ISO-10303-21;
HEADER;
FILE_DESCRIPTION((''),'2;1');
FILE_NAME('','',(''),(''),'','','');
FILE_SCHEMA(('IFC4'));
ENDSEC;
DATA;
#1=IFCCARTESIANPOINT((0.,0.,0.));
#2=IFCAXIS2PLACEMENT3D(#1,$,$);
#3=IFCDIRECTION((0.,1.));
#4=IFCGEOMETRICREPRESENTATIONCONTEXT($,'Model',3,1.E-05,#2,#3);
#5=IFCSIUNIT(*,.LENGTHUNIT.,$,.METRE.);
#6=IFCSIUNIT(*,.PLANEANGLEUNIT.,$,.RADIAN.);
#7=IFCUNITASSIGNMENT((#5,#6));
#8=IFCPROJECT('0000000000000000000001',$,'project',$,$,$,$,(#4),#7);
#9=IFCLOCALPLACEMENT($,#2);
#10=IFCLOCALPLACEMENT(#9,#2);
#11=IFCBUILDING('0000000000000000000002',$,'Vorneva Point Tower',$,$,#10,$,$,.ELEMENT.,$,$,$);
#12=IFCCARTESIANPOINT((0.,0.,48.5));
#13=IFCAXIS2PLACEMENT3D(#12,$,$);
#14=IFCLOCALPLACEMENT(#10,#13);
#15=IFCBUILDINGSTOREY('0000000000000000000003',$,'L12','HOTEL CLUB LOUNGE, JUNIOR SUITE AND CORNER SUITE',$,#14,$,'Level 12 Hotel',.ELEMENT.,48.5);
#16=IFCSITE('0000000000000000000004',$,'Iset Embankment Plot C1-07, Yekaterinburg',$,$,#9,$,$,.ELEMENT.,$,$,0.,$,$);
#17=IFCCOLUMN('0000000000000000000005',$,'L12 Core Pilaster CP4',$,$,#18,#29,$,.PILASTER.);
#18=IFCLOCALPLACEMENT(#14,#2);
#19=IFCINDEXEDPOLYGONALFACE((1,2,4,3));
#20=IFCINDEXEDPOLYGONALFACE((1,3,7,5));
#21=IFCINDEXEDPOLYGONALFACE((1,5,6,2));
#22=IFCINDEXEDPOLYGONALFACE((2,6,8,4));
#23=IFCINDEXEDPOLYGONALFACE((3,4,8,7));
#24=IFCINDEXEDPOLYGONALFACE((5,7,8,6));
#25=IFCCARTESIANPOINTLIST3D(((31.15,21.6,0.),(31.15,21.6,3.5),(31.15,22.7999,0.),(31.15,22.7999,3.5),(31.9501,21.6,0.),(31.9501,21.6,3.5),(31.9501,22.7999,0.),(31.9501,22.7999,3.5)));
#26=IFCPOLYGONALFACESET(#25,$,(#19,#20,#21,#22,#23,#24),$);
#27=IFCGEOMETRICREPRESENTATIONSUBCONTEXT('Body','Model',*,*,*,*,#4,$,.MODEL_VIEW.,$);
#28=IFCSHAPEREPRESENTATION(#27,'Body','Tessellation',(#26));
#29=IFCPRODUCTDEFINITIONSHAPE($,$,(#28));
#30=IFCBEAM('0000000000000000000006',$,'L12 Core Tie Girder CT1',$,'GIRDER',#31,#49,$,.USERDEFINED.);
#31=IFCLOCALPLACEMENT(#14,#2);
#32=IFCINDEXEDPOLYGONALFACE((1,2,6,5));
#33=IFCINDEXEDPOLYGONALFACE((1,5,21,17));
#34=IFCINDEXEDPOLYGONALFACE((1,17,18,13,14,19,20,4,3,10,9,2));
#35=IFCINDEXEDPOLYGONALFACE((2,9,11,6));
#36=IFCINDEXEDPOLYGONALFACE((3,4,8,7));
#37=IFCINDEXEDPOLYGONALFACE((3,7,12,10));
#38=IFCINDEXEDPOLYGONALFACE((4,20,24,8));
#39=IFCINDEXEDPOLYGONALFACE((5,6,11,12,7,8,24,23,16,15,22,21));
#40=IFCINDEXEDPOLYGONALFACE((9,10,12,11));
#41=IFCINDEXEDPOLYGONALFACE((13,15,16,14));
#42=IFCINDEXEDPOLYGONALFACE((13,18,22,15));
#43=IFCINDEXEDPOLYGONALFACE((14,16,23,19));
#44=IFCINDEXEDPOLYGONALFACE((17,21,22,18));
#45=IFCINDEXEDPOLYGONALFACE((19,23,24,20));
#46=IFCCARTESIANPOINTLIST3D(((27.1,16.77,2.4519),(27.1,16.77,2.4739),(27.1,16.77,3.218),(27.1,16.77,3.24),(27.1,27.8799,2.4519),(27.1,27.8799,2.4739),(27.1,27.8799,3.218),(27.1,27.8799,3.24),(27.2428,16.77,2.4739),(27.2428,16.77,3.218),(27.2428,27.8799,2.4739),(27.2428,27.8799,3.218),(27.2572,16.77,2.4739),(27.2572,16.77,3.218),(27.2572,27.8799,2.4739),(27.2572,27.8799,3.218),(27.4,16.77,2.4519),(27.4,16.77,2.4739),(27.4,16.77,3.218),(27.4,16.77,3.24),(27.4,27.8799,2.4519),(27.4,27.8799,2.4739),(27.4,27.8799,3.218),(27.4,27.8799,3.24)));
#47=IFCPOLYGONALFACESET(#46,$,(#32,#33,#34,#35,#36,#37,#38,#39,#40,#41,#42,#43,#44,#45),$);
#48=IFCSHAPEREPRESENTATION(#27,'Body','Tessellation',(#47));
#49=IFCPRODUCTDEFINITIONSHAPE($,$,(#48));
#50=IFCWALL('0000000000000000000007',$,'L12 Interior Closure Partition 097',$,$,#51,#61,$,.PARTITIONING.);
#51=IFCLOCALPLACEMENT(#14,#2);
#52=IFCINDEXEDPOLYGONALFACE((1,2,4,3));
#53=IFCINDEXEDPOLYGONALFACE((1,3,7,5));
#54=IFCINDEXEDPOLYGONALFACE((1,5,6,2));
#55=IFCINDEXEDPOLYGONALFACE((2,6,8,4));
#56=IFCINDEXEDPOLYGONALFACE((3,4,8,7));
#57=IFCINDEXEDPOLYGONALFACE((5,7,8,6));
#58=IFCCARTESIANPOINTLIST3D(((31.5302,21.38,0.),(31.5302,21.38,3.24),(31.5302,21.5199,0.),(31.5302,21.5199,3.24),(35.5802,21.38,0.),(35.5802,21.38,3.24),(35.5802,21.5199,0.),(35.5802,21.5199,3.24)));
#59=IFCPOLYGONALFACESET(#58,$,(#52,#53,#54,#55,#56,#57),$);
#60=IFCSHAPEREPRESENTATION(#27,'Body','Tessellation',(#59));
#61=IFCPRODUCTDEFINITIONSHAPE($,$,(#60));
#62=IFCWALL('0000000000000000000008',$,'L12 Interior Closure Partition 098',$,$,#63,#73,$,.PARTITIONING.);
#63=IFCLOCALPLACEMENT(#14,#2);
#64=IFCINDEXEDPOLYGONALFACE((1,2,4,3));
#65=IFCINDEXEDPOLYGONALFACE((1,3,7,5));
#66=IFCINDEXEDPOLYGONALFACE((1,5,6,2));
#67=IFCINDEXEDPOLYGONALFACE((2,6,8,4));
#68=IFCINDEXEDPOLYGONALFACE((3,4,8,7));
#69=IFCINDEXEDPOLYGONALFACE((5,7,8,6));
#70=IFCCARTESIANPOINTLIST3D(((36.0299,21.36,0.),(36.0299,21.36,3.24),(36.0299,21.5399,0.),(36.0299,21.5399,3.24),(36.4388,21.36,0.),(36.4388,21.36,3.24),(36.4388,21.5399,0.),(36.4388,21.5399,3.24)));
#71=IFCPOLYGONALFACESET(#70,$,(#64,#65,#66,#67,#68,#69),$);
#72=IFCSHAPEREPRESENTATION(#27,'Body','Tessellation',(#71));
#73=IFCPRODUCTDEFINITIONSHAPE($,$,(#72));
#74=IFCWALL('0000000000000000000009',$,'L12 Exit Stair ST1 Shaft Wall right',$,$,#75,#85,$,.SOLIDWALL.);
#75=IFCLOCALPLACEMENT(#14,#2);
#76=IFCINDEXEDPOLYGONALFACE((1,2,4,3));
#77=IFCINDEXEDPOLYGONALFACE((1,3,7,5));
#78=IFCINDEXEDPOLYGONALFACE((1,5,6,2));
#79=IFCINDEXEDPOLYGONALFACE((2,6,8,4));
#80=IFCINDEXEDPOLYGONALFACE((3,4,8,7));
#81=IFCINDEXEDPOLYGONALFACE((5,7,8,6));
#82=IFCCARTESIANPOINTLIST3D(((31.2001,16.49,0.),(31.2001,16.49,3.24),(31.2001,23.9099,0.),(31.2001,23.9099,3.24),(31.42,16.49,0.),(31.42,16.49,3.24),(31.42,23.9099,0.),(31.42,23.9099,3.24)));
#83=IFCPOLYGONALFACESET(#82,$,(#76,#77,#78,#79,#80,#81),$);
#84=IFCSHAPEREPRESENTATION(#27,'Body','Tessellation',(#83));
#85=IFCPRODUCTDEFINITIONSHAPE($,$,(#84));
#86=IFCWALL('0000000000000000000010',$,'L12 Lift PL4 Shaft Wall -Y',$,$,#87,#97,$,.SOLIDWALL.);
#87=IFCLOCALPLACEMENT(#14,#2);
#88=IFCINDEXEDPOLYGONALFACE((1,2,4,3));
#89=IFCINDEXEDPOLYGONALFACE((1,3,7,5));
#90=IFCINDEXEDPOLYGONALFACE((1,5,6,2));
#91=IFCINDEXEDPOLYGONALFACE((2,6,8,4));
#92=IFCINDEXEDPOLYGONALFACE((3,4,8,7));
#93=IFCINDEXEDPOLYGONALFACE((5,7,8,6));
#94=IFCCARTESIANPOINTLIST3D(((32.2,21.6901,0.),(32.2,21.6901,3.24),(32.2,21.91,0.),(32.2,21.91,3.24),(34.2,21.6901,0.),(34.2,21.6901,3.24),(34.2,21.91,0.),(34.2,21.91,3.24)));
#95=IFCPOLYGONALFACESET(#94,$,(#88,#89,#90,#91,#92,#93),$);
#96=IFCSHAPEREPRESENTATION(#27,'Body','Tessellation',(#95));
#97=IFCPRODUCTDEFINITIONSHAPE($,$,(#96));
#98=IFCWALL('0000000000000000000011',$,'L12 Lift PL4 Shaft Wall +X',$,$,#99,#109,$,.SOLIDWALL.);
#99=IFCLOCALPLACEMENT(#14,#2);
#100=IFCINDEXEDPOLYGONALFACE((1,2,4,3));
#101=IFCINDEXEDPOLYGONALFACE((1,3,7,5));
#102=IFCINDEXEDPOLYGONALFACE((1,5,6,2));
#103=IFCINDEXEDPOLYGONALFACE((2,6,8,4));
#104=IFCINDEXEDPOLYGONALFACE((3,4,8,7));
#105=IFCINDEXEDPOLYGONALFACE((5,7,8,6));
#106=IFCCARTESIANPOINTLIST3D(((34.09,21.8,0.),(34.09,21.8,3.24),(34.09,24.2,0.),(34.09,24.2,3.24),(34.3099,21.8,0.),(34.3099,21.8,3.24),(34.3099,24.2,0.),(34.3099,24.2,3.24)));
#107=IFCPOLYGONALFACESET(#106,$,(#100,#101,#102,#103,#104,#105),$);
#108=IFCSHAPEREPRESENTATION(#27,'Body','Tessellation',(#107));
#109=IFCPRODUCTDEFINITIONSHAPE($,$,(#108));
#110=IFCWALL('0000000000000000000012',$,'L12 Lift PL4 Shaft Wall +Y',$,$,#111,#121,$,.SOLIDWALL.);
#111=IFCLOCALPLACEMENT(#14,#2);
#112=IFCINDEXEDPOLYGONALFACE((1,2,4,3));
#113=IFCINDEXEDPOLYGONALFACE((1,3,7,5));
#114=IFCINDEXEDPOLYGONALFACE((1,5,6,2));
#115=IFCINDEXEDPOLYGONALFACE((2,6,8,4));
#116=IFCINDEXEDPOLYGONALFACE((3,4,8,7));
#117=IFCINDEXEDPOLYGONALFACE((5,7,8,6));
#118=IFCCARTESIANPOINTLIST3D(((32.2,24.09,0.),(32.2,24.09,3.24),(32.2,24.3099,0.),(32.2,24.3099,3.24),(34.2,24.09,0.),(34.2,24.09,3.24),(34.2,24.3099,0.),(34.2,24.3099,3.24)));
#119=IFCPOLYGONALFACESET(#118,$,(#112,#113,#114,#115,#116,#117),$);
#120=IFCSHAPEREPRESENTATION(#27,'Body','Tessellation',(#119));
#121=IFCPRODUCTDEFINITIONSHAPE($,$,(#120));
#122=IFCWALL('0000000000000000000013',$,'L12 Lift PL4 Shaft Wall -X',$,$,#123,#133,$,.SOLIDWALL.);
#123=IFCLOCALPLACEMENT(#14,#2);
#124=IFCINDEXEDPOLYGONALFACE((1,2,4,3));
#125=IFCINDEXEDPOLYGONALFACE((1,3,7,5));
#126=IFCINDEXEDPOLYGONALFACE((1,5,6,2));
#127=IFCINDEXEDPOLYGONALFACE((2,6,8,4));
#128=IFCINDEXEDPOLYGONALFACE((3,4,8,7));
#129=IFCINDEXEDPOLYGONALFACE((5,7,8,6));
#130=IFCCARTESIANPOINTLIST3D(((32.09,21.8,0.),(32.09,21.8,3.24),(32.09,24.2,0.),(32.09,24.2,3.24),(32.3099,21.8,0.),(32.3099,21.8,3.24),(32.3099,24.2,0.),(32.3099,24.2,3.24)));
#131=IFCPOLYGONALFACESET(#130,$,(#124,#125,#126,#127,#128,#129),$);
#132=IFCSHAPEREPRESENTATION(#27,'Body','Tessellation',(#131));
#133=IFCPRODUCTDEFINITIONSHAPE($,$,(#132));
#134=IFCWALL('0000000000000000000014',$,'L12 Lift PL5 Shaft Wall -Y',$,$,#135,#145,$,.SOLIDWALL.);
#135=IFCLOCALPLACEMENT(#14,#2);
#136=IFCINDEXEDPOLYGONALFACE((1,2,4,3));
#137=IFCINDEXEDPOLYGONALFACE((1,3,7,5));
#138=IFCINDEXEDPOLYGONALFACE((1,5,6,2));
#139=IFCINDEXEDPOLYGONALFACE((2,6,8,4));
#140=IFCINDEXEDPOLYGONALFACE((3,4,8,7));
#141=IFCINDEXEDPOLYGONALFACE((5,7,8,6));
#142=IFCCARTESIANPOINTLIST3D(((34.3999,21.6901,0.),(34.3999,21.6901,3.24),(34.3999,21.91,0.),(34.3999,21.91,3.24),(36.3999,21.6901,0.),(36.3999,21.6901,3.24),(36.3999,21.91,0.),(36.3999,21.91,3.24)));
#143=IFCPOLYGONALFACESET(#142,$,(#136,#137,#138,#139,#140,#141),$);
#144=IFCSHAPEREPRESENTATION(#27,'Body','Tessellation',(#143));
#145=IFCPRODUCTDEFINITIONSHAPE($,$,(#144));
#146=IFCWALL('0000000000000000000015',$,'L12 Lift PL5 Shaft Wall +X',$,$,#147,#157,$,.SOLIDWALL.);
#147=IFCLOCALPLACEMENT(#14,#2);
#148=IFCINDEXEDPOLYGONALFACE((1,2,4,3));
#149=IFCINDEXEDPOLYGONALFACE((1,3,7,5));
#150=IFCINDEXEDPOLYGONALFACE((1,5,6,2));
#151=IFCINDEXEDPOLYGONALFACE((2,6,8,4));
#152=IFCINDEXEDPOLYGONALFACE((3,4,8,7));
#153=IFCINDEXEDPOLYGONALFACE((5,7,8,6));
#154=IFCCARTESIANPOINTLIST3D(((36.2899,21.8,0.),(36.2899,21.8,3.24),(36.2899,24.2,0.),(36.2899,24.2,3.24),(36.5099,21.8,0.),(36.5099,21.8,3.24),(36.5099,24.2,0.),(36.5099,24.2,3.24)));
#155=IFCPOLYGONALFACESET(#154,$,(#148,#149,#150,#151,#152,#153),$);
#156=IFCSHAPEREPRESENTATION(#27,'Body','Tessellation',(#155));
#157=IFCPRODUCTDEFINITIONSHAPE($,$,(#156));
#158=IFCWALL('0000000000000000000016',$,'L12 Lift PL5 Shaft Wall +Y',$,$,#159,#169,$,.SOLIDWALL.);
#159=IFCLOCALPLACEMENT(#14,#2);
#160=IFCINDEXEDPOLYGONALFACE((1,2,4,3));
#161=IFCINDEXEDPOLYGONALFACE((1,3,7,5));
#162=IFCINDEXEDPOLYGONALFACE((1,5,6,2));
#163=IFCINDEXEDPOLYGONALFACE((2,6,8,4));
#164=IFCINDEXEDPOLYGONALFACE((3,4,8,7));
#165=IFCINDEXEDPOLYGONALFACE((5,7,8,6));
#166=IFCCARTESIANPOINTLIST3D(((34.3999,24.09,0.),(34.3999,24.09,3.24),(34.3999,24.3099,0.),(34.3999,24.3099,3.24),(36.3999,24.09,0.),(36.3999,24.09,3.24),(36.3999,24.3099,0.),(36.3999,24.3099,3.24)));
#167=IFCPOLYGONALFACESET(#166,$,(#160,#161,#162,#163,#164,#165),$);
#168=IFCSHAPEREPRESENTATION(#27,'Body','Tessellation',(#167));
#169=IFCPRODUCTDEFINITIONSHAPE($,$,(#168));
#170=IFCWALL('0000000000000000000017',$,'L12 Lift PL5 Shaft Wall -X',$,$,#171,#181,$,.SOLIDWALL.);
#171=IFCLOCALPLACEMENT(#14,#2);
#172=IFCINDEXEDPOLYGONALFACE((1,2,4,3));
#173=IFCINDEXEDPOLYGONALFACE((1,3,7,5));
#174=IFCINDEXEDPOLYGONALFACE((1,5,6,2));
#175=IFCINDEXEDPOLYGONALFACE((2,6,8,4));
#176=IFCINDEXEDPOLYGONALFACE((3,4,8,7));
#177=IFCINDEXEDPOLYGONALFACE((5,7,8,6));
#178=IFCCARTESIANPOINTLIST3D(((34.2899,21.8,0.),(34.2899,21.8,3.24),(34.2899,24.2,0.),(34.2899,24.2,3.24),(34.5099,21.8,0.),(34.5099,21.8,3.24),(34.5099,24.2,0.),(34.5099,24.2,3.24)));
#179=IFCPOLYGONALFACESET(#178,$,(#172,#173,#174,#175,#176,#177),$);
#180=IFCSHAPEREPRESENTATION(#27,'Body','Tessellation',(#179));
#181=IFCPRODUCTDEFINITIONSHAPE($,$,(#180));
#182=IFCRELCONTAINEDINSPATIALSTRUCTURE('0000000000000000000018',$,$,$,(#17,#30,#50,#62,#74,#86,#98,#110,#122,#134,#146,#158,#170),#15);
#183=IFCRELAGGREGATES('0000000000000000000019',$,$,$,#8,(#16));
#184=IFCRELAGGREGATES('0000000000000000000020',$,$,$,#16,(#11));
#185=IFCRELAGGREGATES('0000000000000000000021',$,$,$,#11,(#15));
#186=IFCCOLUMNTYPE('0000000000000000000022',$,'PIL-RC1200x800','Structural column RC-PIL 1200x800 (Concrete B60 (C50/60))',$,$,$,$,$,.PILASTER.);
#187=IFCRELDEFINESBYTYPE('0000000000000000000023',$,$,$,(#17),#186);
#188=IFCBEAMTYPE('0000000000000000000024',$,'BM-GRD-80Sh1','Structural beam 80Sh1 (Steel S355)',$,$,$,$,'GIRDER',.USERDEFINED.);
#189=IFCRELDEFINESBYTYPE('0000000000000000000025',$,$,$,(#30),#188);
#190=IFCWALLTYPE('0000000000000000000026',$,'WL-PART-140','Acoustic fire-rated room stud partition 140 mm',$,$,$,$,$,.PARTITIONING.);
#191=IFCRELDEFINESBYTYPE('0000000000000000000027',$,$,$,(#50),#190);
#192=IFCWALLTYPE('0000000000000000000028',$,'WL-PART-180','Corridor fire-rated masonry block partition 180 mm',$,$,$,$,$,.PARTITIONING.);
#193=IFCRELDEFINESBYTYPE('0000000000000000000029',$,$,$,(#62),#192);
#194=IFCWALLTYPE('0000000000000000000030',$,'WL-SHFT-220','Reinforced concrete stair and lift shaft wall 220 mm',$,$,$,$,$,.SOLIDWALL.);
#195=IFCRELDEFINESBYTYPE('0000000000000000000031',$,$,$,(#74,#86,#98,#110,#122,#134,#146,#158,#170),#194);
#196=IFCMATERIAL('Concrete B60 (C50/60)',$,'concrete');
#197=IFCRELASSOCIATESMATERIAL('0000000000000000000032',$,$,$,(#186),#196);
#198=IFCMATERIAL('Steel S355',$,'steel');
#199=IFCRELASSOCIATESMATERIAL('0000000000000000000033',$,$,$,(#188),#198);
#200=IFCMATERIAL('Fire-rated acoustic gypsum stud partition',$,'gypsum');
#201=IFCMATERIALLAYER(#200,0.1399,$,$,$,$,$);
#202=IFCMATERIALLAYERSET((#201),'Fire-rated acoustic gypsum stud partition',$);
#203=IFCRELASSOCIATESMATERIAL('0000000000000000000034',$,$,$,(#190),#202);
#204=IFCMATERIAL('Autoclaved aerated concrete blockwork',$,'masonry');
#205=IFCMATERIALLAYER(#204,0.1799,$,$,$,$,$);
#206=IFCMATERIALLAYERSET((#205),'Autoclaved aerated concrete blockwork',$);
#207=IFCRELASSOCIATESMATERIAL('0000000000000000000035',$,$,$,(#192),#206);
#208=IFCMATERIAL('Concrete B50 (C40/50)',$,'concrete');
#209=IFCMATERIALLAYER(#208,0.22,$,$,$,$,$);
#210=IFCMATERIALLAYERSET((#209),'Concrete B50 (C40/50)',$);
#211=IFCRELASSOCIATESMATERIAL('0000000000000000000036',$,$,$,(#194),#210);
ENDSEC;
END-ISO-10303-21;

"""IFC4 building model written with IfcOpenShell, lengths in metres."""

from ifc_helpers import new_model, si_unit, direction, frame, frame_2d, origin, origin_2d, place, context, subcontext, project, spatial, rectangle, i_section, extrude, material, layer, layer_set, material_profile, profile_set, type_object, element, save


model = new_model("IFC4")

# Units and contexts
model_context = context("Model", 3, precision=1e-05, world=origin(), true_north=direction((0.0, 1.0)))
body_context = subcontext(model_context, "Body", "Model", "MODEL_VIEW")
ifc_project = project(units=[si_unit("LENGTHUNIT", "METRE"), si_unit("PLANEANGLEUNIT", "RADIAN")], contexts=[model_context])

# Site, building, storey
site_placement = place(None, origin())
site = spatial("IfcSite", under=ifc_project, at=site_placement, Name="Iset Embankment Plot C1-07, Yekaterinburg", CompositionType="ELEMENT", RefElevation=0.0)
building_placement = place(site_placement, origin())
building = spatial("IfcBuilding", under=site, at=building_placement, Name="Vorneva Point Tower", CompositionType="ELEMENT")
storey_placement = place(building_placement, frame((0.0, 0.0, 48.5)))
storey = spatial("IfcBuildingStorey", under=building, at=storey_placement, Name="L12", Description="HOTEL CLUB LOUNGE, JUNIOR SUITE AND CORNER SUITE", LongName="Level 12 Hotel", CompositionType="ELEMENT", Elevation=48.5)

# Column
ifc_material_1 = material(Name="Concrete B60 (C50/60)", Category="concrete")
ifc_material_profile_1 = material_profile(ifc_material_1, rectangle(XDim=0.8, YDim=1.2, at=origin_2d()), Name="RC-PIL 1200x800")
ifc_profile_set_1 = profile_set([ifc_material_profile_1], Name="Concrete B60 (C50/60)")
column_type = type_object("IfcColumnType", Name="PIL-RC1200x800", Description="Structural column RC-PIL 1200x800 (Concrete B60 (C50/60))", PredefinedType="PILASTER", material=ifc_profile_set_1)
column_placement = place(storey_placement, frame((31.55, 22.2, 0.0), z_axis=(0.0, 0.0, 1.0), x_axis=(1.0, 0.0, 0.0)))
element("IfcColumn", 1, at=column_placement, inside=storey, type_object=column_type, Name="L12 Core Pilaster CP4", PredefinedType="PILASTER", context=body_context, shape_type="SweptSolid", body=[
    extrude(rectangle(XDim=0.8, YDim=1.2, at=origin_2d()), origin(), (0.0, 0.0, 1.0), 3.5),
])

# Beam
ifc_material_2 = material(Name="Steel S355", Category="steel")
ifc_material_profile_2 = material_profile(ifc_material_2, i_section(OverallWidth=0.3, OverallDepth=0.7881, WebThickness=0.0144, FlangeThickness=0.022, at=origin_2d()), Name="80Sh1")
ifc_profile_set_2 = profile_set([ifc_material_profile_2], Name="Steel S355")
beam_type = type_object("IfcBeamType", Name="BM-GRD-80Sh1", Description="Structural beam 80Sh1 (Steel S355)", ElementType="GIRDER", PredefinedType="USERDEFINED", material=ifc_profile_set_2)
beam_placement = place(storey_placement, frame((27.25, 16.77, 2.8459), z_axis=(0.0, 1.0, 0.0), x_axis=(-1.0, 0.0, 0.0)))
element("IfcBeam", 2, at=beam_placement, inside=storey, type_object=beam_type, Name="L12 Core Tie Girder CT1", ObjectType="GIRDER", PredefinedType="USERDEFINED", context=body_context, shape_type="SweptSolid", body=[
    extrude(i_section(OverallWidth=0.3, OverallDepth=0.7881, WebThickness=0.0144, FlangeThickness=0.022, at=origin_2d()), origin(), (0.0, 0.0, 1.0), 11.1099),
])

# Wall
ifc_material_3 = material(Name="Fire-rated acoustic gypsum stud partition", Category="gypsum")
ifc_layer_1 = layer(ifc_material_3, 0.1399)
ifc_layer_set_1 = layer_set([ifc_layer_1], Name="Fire-rated acoustic gypsum stud partition")
wall_type_1 = type_object("IfcWallType", Name="WL-PART-140", Description="Acoustic fire-rated room stud partition 140 mm", PredefinedType="PARTITIONING", material=ifc_layer_set_1)
wall_1_placement = place(storey_placement, frame((35.5801, 21.45, 0.0), z_axis=(0.0, 0.0, 1.0), x_axis=(-1.0, 0.0, 0.0)))
element("IfcWall", 3, at=wall_1_placement, inside=storey, type_object=wall_type_1, Name="L12 Interior Closure Partition 097", PredefinedType="PARTITIONING", context=body_context, shape_type="SweptSolid", body=[
    extrude(rectangle(XDim=4.05, YDim=0.1399, at=frame_2d((2.0249, 0.0))), origin(), (0.0, 0.0, 1.0), 3.24),
])

# Shared definitions
ifc_material_4 = material(Name="Autoclaved aerated concrete blockwork", Category="masonry")
ifc_layer_2 = layer(ifc_material_4, 0.1799)
ifc_layer_set_2 = layer_set([ifc_layer_2], Name="Autoclaved aerated concrete blockwork")
wall_type_2 = type_object("IfcWallType", Name="WL-PART-180", Description="Corridor fire-rated masonry block partition 180 mm", PredefinedType="PARTITIONING", material=ifc_layer_set_2)

# Wall
wall_2_placement = place(storey_placement, frame((36.439, 21.45, 0.0), z_axis=(0.0, 0.0, 1.0), x_axis=(-1.0, 0.0, 0.0)))
element("IfcWall", 4, at=wall_2_placement, inside=storey, type_object=wall_type_2, Name="L12 Interior Closure Partition 098", PredefinedType="PARTITIONING", context=body_context, shape_type="SweptSolid", body=[
    extrude(rectangle(XDim=0.4089, YDim=0.1799, at=frame_2d((0.2046, 0.0))), origin(), (0.0, 0.0, 1.0), 3.24),
])

# Shared definitions
ifc_material_5 = material(Name="Concrete B50 (C40/50)", Category="concrete")
ifc_layer_3 = layer(ifc_material_5, 0.22)
ifc_layer_set_3 = layer_set([ifc_layer_3], Name="Concrete B50 (C40/50)")
wall_type_3 = type_object("IfcWallType", Name="WL-SHFT-220", Description="Reinforced concrete stair and lift shaft wall 220 mm", PredefinedType="SOLIDWALL", material=ifc_layer_set_3)

# Walls
wall_3_placement = place(storey_placement, frame((31.3101, 23.9099, 0.0), z_axis=(0.0, 0.0, 1.0), x_axis=(0.0, -1.0, 0.0)))
element("IfcWall", 5, at=wall_3_placement, inside=storey, type_object=wall_type_3, Name="L12 Exit Stair ST1 Shaft Wall right", PredefinedType="SOLIDWALL", context=body_context, shape_type="SweptSolid", body=[
    extrude(rectangle(XDim=7.4199, YDim=0.22, at=frame_2d((3.71, 0.0))), origin(), (0.0, 0.0, 1.0), 3.24),
])
wall_4_placement = place(storey_placement, frame((32.2, 21.8, 0.0), z_axis=(0.0, 0.0, 1.0), x_axis=(1.0, 0.0, 0.0)))
element("IfcWall", 6, at=wall_4_placement, inside=storey, type_object=wall_type_3, Name="L12 Lift PL4 Shaft Wall -Y", PredefinedType="SOLIDWALL", context=body_context, shape_type="SweptSolid", body=[
    extrude(rectangle(XDim=2.0, YDim=0.22, at=frame_2d((1.0, 0.0))), origin(), (0.0, 0.0, 1.0), 3.24),
])
wall_5_placement = place(storey_placement, frame((34.2, 21.8, 0.0), z_axis=(0.0, 0.0, 1.0), x_axis=(0.0, 1.0, 0.0)))
element("IfcWall", 7, at=wall_5_placement, inside=storey, type_object=wall_type_3, Name="L12 Lift PL4 Shaft Wall +X", PredefinedType="SOLIDWALL", context=body_context, shape_type="SweptSolid", body=[
    extrude(rectangle(XDim=2.3999, YDim=0.22, at=frame_2d((1.2, 0.0))), origin(), (0.0, 0.0, 1.0), 3.24),
])
wall_6_placement = place(storey_placement, frame((34.2, 24.2, 0.0), z_axis=(0.0, 0.0, 1.0), x_axis=(-1.0, 0.0, 0.0)))
element("IfcWall", 8, at=wall_6_placement, inside=storey, type_object=wall_type_3, Name="L12 Lift PL4 Shaft Wall +Y", PredefinedType="SOLIDWALL", context=body_context, shape_type="SweptSolid", body=[
    extrude(rectangle(XDim=2.0, YDim=0.22, at=frame_2d((1.0, 0.0))), origin(), (0.0, 0.0, 1.0), 3.24),
])
wall_7_placement = place(storey_placement, frame((32.2, 24.2, 0.0), z_axis=(0.0, 0.0, 1.0), x_axis=(0.0, -1.0, 0.0)))
element("IfcWall", 9, at=wall_7_placement, inside=storey, type_object=wall_type_3, Name="L12 Lift PL4 Shaft Wall -X", PredefinedType="SOLIDWALL", context=body_context, shape_type="SweptSolid", body=[
    extrude(rectangle(XDim=2.3999, YDim=0.22, at=frame_2d((1.2, 0.0))), origin(), (0.0, 0.0, 1.0), 3.24),
])
wall_8_placement = place(storey_placement, frame((34.3999, 21.8, 0.0), z_axis=(0.0, 0.0, 1.0), x_axis=(1.0, 0.0, 0.0)))
element("IfcWall", 10, at=wall_8_placement, inside=storey, type_object=wall_type_3, Name="L12 Lift PL5 Shaft Wall -Y", PredefinedType="SOLIDWALL", context=body_context, shape_type="SweptSolid", body=[
    extrude(rectangle(XDim=2.0, YDim=0.22, at=frame_2d((1.0, 0.0))), origin(), (0.0, 0.0, 1.0), 3.24),
])
wall_9_placement = place(storey_placement, frame((36.3999, 21.8, 0.0), z_axis=(0.0, 0.0, 1.0), x_axis=(0.0, 1.0, 0.0)))
element("IfcWall", 11, at=wall_9_placement, inside=storey, type_object=wall_type_3, Name="L12 Lift PL5 Shaft Wall +X", PredefinedType="SOLIDWALL", context=body_context, shape_type="SweptSolid", body=[
    extrude(rectangle(XDim=2.3999, YDim=0.22, at=frame_2d((1.2, 0.0))), origin(), (0.0, 0.0, 1.0), 3.24),
])
wall_10_placement = place(storey_placement, frame((36.3999, 24.2, 0.0), z_axis=(0.0, 0.0, 1.0), x_axis=(-1.0, 0.0, 0.0)))
element("IfcWall", 12, at=wall_10_placement, inside=storey, type_object=wall_type_3, Name="L12 Lift PL5 Shaft Wall +Y", PredefinedType="SOLIDWALL", context=body_context, shape_type="SweptSolid", body=[
    extrude(rectangle(XDim=2.0, YDim=0.22, at=frame_2d((1.0, 0.0))), origin(), (0.0, 0.0, 1.0), 3.24),
])
wall_11_placement = place(storey_placement, frame((34.3999, 24.2, 0.0), z_axis=(0.0, 0.0, 1.0), x_axis=(0.0, -1.0, 0.0)))
element("IfcWall", 13, at=wall_11_placement, inside=storey, type_object=wall_type_3, Name="L12 Lift PL5 Shaft Wall -X", PredefinedType="SOLIDWALL", context=body_context, shape_type="SweptSolid", body=[
    extrude(rectangle(XDim=2.3999, YDim=0.22, at=frame_2d((1.2, 0.0))), origin(), (0.0, 0.0, 1.0), 3.24),
])

save(model, "model.ifc")
